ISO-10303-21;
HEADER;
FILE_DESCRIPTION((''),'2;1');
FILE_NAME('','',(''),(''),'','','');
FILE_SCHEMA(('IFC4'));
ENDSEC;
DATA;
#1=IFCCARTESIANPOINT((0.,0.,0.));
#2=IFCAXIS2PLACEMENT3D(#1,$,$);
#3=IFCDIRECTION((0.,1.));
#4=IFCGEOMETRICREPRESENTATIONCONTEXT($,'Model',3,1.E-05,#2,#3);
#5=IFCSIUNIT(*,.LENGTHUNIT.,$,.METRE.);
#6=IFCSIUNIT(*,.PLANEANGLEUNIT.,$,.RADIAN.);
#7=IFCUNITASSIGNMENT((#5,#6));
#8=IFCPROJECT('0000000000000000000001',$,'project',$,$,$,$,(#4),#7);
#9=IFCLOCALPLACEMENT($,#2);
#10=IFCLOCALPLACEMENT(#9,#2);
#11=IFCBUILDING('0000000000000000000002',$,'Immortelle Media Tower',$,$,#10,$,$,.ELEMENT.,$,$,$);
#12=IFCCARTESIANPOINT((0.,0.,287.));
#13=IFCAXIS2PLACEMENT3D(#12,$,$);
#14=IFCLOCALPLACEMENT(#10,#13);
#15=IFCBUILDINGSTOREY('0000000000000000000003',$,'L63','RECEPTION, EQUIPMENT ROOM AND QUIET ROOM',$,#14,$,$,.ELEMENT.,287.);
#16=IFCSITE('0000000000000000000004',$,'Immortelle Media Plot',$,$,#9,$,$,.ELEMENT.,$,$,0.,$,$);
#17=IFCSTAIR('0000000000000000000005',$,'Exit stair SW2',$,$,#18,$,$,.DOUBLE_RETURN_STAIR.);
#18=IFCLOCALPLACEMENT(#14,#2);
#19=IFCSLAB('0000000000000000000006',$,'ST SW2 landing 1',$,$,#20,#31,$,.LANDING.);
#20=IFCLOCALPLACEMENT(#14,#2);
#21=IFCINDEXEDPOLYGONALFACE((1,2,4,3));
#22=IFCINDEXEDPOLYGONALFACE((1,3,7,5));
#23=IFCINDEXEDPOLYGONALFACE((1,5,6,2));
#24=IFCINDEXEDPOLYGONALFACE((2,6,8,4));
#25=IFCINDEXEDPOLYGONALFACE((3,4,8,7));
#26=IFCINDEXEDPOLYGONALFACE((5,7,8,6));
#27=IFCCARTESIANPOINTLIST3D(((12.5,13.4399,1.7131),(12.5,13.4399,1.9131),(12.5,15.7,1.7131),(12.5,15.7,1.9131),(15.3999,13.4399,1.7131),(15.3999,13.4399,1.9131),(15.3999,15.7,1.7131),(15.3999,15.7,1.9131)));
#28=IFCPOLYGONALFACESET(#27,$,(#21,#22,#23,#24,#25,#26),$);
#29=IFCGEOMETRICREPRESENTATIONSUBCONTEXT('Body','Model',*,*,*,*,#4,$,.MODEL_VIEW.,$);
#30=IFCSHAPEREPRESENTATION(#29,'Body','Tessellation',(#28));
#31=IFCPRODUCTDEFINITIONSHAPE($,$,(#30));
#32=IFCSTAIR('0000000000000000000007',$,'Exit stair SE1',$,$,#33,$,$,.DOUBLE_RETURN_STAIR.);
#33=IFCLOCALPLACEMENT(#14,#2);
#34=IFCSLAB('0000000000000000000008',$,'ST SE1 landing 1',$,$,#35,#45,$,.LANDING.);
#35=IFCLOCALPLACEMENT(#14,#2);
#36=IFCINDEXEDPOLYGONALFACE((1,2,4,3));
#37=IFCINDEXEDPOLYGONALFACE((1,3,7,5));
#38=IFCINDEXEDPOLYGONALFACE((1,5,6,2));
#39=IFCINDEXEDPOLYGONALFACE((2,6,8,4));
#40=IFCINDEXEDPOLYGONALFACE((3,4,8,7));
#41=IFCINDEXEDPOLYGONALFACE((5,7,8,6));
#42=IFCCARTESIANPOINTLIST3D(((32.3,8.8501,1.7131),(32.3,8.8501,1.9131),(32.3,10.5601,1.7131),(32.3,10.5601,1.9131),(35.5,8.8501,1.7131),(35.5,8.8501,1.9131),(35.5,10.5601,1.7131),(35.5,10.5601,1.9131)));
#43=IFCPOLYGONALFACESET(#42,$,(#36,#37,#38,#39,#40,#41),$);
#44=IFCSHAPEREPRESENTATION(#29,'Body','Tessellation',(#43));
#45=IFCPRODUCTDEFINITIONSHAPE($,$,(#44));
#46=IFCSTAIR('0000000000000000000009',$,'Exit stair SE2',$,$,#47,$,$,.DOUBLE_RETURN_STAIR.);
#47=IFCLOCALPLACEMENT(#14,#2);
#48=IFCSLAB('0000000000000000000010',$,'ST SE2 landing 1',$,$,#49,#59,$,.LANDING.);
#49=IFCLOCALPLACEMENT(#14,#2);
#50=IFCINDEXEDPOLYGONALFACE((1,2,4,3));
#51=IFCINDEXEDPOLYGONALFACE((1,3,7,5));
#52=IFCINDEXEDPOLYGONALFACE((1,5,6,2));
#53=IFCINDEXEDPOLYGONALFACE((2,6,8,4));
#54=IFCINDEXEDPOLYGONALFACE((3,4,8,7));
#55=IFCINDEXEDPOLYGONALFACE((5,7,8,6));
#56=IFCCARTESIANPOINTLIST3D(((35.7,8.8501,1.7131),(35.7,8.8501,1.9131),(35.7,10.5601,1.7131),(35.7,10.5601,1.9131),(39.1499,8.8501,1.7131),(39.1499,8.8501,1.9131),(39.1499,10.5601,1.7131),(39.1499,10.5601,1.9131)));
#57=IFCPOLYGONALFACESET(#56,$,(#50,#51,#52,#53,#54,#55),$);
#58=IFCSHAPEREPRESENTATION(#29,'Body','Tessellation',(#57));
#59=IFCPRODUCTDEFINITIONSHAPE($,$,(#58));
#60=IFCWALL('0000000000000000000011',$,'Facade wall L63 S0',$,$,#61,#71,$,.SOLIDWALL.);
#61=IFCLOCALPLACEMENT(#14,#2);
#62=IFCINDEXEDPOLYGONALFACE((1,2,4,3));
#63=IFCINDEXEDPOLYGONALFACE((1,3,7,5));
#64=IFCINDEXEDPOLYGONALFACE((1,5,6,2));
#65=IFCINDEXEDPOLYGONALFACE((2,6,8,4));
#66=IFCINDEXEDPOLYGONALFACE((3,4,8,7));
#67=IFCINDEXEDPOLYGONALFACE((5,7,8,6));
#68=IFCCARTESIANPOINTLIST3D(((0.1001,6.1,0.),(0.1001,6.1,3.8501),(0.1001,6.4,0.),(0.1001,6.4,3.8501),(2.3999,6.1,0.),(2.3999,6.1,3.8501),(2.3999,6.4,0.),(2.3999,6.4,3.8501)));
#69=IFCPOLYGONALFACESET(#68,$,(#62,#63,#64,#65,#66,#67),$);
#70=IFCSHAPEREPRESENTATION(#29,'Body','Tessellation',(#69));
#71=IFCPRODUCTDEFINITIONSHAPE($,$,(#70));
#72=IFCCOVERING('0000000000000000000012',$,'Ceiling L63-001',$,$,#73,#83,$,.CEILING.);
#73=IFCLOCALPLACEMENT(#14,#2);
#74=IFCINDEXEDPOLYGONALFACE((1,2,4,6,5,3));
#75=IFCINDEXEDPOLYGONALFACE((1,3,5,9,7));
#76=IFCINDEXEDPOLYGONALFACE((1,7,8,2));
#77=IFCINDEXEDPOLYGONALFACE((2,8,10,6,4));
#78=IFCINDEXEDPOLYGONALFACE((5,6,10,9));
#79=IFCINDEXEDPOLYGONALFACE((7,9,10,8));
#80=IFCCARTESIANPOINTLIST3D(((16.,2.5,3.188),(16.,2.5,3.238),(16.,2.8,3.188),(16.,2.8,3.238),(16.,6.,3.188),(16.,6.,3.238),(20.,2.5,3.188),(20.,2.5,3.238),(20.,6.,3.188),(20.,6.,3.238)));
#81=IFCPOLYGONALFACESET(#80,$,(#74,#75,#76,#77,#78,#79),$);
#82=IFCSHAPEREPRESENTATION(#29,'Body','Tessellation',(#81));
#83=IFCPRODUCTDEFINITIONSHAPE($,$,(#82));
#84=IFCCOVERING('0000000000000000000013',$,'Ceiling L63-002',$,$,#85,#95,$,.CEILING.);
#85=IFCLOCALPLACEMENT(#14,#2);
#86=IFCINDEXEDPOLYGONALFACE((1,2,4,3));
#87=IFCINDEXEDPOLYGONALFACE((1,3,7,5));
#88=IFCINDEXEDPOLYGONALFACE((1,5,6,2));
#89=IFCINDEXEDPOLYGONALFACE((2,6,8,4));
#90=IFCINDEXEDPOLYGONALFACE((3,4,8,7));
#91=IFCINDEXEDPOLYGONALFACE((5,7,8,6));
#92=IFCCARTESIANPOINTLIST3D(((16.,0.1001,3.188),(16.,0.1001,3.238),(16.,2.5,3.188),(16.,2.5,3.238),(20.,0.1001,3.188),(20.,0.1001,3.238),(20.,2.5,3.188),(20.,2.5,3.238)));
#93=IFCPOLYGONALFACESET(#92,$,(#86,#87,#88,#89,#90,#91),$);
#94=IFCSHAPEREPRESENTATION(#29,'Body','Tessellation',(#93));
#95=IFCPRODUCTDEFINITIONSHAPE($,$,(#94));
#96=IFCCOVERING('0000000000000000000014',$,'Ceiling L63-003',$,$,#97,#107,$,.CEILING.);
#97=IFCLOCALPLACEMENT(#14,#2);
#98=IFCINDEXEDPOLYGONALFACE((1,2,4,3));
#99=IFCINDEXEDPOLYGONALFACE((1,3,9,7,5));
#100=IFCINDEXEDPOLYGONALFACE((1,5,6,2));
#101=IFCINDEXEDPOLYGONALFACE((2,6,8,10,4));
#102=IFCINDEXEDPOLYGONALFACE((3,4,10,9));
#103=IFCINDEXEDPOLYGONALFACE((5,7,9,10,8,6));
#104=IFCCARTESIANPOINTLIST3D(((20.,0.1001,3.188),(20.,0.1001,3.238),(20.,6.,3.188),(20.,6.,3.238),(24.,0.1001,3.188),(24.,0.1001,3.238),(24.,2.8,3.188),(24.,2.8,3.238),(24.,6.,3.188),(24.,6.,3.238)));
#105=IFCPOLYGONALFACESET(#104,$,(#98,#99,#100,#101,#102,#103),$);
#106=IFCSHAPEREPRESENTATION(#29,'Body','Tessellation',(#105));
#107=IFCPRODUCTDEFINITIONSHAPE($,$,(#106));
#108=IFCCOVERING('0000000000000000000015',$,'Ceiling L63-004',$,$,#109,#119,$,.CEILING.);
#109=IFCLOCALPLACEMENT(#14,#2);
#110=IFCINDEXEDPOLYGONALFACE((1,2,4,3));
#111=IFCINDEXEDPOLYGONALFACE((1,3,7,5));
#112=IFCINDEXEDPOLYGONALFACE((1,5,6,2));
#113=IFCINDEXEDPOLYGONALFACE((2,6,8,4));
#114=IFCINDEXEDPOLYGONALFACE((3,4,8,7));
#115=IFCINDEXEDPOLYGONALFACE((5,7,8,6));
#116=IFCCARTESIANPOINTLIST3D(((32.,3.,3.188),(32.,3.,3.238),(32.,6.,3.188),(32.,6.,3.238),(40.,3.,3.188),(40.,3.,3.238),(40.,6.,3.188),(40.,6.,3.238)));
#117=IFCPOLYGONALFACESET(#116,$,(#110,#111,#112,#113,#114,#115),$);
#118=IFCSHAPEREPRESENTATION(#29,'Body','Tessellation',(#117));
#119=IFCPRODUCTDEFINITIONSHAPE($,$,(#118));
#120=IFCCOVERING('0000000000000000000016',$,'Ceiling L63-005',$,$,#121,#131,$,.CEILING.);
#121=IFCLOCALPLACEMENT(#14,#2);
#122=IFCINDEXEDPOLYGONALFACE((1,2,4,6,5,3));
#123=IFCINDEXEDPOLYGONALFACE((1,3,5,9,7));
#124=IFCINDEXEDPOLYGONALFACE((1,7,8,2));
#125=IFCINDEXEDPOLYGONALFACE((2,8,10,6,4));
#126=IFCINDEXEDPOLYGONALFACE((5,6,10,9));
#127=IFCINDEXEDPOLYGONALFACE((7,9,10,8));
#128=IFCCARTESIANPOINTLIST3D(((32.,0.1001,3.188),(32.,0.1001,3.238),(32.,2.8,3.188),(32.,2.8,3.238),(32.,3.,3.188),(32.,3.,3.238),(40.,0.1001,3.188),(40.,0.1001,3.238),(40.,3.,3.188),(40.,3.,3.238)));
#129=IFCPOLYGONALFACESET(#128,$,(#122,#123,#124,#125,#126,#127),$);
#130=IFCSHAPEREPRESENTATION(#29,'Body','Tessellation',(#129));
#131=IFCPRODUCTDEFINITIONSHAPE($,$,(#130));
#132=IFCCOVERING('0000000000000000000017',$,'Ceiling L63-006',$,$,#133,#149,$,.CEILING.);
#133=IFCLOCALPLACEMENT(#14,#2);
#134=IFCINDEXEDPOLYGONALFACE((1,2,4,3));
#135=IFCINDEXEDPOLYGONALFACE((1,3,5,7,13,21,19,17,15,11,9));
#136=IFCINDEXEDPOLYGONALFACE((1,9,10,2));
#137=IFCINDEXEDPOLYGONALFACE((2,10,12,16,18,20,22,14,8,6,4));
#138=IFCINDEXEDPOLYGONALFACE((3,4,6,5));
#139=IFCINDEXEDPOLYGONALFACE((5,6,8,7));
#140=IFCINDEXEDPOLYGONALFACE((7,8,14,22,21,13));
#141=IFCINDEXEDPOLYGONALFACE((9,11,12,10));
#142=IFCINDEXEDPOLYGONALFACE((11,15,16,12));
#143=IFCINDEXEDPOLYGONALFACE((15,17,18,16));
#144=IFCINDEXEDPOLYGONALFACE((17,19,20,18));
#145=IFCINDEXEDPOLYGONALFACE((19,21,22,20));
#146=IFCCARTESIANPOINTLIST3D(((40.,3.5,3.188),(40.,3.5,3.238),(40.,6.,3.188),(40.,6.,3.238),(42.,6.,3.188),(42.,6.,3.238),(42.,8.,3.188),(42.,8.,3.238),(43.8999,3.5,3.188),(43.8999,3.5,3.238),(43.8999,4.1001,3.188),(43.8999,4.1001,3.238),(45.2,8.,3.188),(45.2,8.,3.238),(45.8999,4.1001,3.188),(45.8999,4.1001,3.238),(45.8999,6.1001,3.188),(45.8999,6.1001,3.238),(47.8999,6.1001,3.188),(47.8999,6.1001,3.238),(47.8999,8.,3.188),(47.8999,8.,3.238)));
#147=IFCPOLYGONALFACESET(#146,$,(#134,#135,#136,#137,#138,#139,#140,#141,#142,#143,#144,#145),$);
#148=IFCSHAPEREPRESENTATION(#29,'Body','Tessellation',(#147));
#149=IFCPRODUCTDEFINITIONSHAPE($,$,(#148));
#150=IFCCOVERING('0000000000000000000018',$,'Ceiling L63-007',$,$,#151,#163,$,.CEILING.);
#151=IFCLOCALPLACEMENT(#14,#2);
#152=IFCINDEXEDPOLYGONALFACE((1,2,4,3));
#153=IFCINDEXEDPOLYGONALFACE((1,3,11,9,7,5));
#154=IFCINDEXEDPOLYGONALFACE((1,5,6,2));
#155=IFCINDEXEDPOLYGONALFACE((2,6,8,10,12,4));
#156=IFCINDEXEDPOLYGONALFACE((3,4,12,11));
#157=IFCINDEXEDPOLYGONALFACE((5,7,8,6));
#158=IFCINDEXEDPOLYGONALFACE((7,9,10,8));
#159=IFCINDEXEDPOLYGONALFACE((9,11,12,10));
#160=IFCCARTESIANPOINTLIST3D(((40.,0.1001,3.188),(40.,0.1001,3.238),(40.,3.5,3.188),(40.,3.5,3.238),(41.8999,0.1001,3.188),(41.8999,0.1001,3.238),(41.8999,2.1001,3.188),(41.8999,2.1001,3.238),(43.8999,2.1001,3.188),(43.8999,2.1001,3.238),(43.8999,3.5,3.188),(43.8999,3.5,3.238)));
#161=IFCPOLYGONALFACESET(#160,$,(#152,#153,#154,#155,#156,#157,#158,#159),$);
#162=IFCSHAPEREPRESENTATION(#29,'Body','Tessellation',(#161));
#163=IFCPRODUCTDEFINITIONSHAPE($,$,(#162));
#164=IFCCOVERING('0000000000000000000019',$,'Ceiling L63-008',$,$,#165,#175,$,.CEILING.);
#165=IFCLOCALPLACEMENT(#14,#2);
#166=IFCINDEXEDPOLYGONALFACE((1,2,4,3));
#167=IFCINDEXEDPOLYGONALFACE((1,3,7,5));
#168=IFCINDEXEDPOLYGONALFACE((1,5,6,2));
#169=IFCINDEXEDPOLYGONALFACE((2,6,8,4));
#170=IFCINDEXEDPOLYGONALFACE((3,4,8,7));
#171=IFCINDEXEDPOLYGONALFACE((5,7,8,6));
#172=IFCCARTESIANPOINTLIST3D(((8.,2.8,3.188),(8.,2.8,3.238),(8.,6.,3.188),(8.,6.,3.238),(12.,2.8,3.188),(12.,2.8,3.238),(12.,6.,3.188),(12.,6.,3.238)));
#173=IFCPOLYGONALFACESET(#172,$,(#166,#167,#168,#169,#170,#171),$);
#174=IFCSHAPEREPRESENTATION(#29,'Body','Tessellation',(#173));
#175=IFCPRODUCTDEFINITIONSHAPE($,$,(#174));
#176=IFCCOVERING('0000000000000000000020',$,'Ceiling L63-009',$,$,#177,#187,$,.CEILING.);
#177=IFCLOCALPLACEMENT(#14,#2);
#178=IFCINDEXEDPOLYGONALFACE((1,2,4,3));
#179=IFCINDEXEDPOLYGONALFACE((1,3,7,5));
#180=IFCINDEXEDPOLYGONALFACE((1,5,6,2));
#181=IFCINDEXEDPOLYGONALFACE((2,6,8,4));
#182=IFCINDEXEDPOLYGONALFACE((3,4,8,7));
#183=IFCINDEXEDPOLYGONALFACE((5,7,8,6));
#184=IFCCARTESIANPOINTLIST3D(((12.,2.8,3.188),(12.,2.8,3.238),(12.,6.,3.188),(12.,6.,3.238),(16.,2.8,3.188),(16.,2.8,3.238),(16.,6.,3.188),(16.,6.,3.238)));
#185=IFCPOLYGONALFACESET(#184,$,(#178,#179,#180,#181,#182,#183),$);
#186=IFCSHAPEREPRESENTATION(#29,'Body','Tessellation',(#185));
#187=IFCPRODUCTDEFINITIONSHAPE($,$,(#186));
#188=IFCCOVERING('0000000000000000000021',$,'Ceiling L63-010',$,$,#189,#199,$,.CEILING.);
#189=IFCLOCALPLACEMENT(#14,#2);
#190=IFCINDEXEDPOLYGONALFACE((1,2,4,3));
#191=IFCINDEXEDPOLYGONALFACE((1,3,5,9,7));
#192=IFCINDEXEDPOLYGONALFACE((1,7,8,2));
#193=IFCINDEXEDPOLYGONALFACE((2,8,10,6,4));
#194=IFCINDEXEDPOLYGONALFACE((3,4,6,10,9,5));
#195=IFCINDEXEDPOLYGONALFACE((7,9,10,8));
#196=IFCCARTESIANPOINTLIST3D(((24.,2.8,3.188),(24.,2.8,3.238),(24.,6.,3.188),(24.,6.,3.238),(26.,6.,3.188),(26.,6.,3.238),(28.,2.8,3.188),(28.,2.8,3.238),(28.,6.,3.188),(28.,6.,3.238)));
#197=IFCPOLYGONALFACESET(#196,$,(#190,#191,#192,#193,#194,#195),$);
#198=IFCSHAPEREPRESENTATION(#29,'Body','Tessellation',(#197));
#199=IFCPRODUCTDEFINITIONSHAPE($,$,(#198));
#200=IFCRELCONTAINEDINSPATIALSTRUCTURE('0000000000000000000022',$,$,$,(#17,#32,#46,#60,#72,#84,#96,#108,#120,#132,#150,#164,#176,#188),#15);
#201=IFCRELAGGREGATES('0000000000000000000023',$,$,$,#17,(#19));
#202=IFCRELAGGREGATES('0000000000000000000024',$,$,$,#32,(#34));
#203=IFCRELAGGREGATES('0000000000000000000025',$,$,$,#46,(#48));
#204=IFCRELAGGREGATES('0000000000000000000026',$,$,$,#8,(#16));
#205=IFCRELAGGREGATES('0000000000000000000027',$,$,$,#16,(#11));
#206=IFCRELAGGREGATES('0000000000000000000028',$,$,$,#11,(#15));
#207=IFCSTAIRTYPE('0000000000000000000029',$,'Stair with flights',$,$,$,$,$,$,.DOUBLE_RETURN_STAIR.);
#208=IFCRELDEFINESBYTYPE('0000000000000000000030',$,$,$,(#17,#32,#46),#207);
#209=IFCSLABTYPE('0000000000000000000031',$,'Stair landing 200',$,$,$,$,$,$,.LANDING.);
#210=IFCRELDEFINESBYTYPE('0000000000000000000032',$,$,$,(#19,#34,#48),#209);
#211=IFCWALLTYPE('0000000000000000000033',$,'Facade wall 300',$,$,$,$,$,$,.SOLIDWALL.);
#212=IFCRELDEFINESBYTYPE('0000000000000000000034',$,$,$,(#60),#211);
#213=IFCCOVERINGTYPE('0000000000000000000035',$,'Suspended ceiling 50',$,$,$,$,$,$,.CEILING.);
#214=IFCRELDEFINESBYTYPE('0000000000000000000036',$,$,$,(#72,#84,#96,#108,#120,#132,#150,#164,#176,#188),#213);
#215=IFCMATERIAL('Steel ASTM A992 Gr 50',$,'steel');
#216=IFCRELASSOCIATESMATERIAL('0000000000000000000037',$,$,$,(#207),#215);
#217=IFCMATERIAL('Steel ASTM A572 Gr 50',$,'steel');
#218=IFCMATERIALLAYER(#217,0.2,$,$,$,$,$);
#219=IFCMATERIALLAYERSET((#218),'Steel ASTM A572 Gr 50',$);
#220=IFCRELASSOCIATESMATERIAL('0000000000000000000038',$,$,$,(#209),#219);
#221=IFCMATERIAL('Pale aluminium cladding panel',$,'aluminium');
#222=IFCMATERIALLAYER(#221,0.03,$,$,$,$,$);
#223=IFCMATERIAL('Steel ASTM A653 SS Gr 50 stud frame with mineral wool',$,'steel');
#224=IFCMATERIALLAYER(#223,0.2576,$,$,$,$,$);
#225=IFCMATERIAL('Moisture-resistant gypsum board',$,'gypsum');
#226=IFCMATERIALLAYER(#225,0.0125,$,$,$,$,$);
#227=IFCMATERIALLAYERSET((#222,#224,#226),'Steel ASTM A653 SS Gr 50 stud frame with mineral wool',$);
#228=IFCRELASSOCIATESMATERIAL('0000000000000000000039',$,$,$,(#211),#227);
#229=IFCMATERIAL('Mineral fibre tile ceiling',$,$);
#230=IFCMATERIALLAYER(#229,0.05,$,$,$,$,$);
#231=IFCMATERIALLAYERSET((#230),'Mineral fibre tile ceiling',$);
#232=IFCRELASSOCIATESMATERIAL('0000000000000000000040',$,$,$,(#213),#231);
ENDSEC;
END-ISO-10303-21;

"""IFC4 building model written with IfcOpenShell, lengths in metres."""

from ifc_helpers import new_model, si_unit, direction, frame, frame_2d, origin, place, context, subcontext, project, spatial, polyline, rectangle, outline, extrude, material, layer, layer_set, type_object, element, aggregate, save


model = new_model("IFC4")

# Units and contexts
model_context = context("Model", 3, precision=1e-05, world=origin(), true_north=direction((0.0, 1.0)))
body_context = subcontext(model_context, "Body", "Model", "MODEL_VIEW")
ifc_project = project(units=[si_unit("LENGTHUNIT", "METRE"), si_unit("PLANEANGLEUNIT", "RADIAN")], contexts=[model_context])

# Site, building, storey
site_placement = place(None, origin())
site = spatial("IfcSite", under=ifc_project, at=site_placement, Name="Immortelle Media Plot", CompositionType="ELEMENT", RefElevation=0.0)
building_placement = place(site_placement, origin())
building = spatial("IfcBuilding", under=site, at=building_placement, Name="Immortelle Media Tower", CompositionType="ELEMENT")
storey_placement = place(building_placement, frame((0.0, 0.0, 287.0)))
storey = spatial("IfcBuildingStorey", under=building, at=storey_placement, Name="L63", Description="RECEPTION, EQUIPMENT ROOM AND QUIET ROOM", CompositionType="ELEMENT", Elevation=287.0)

# Shared definitions
ifc_material_1 = material(Name="Steel ASTM A992 Gr 50", Category="steel")

# Stairs, slabs
stair_type = type_object("IfcStairType", Name="Stair with flights", PredefinedType="DOUBLE_RETURN_STAIR", material=ifc_material_1)
ifc_material_2 = material(Name="Steel ASTM A572 Gr 50", Category="steel")
ifc_layer_1 = layer(ifc_material_2, 0.2)
ifc_layer_set_1 = layer_set([ifc_layer_1], Name="Steel ASTM A572 Gr 50")
slab_type_1 = type_object("IfcSlabType", Name="Stair landing 200", PredefinedType="LANDING", material=ifc_layer_set_1)
stair_1_placement = place(storey_placement, origin())
stair_1 = element("IfcStair", 1, at=stair_1_placement, inside=storey, type_object=stair_type, Name="Exit stair SW2", PredefinedType="DOUBLE_RETURN_STAIR")
slab_1_placement = place(storey_placement, frame((0.0, 0.0, 1.7131)))
slab_1 = element("IfcSlab", 2, at=slab_1_placement, type_object=slab_type_1, Name="ST SW2 landing 1", PredefinedType="LANDING", context=body_context, shape_type="SweptSolid", body=[
    extrude(outline(polyline([(12.5, 13.4399), (15.3999, 13.4399), (15.3999, 15.7), (12.5, 15.7), (12.5, 13.4399)])), origin(), (0.0, 0.0, 1.0), 0.2),
])
aggregate(stair_1, [slab_1])
stair_2_placement = place(storey_placement, origin())
stair_2 = element("IfcStair", 3, at=stair_2_placement, inside=storey, type_object=stair_type, Name="Exit stair SE1", PredefinedType="DOUBLE_RETURN_STAIR")
slab_2_placement = place(storey_placement, frame((0.0, 0.0, 1.7131)))
slab_2 = element("IfcSlab", 4, at=slab_2_placement, type_object=slab_type_1, Name="ST SE1 landing 1", PredefinedType="LANDING", context=body_context, shape_type="SweptSolid", body=[
    extrude(outline(polyline([(32.3, 8.8501), (35.5, 8.8501), (35.5, 10.5601), (32.3, 10.5601), (32.3, 8.8501)])), origin(), (0.0, 0.0, 1.0), 0.2),
])
aggregate(stair_2, [slab_2])
stair_3_placement = place(storey_placement, origin())
stair_3 = element("IfcStair", 5, at=stair_3_placement, inside=storey, type_object=stair_type, Name="Exit stair SE2", PredefinedType="DOUBLE_RETURN_STAIR")
slab_3_placement = place(storey_placement, frame((0.0, 0.0, 1.7131)))
slab_3 = element("IfcSlab", 6, at=slab_3_placement, type_object=slab_type_1, Name="ST SE2 landing 1", PredefinedType="LANDING", context=body_context, shape_type="SweptSolid", body=[
    extrude(outline(polyline([(35.7, 8.8501), (39.1499, 8.8501), (39.1499, 10.5601), (35.7, 10.5601), (35.7, 8.8501)])), origin(), (0.0, 0.0, 1.0), 0.2),
])
aggregate(stair_3, [slab_3])

# Wall
ifc_material_3 = material(Name="Pale aluminium cladding panel", Category="aluminium")
ifc_layer_2 = layer(ifc_material_3, 0.03)
ifc_material_4 = material(Name="Steel ASTM A653 SS Gr 50 stud frame with mineral wool", Category="steel")
ifc_layer_3 = layer(ifc_material_4, 0.2576)
ifc_material_5 = material(Name="Moisture-resistant gypsum board", Category="gypsum")
ifc_layer_4 = layer(ifc_material_5, 0.0125)
ifc_layer_set_2 = layer_set([ifc_layer_2, ifc_layer_3, ifc_layer_4], Name="Steel ASTM A653 SS Gr 50 stud frame with mineral wool")
wall_type = type_object("IfcWallType", Name="Facade wall 300", PredefinedType="SOLIDWALL", material=ifc_layer_set_2)
wall_placement = place(storey_placement, frame((0.1001, 6.25, 0.0), z_axis=(0.0, 0.0, 1.0), x_axis=(1.0, 0.0, 0.0)))
element("IfcWall", 7, at=wall_placement, inside=storey, type_object=wall_type, Name="Facade wall L63 S0", PredefinedType="SOLIDWALL", context=body_context, shape_type="SweptSolid", body=[
    extrude(rectangle(XDim=2.2998, YDim=0.3, at=frame_2d((1.1499, 0.0))), origin(), (0.0, 0.0, 1.0), 3.8501),
])

# Coverings
ifc_material_6 = material(Name="Mineral fibre tile ceiling")
ifc_layer_5 = layer(ifc_material_6, 0.05)
ifc_layer_set_3 = layer_set([ifc_layer_5], Name="Mineral fibre tile ceiling")
covering_type = type_object("IfcCoveringType", Name="Suspended ceiling 50", PredefinedType="CEILING", material=ifc_layer_set_3)
covering_1_placement = place(storey_placement, frame((0.0, 0.0, 3.188)))
element("IfcCovering", 8, at=covering_1_placement, inside=storey, type_object=covering_type, Name="Ceiling L63-001", PredefinedType="CEILING", context=body_context, shape_type="SweptSolid", body=[
    extrude(outline(polyline([(16.0, 6.0), (20.0, 6.0), (20.0, 2.5), (16.0, 2.5), (16.0, 2.8), (16.0, 6.0)])), origin(), (0.0, 0.0, 1.0), 0.05),
])
covering_2_placement = place(storey_placement, frame((0.0, 0.0, 3.188)))
element("IfcCovering", 9, at=covering_2_placement, inside=storey, type_object=covering_type, Name="Ceiling L63-002", PredefinedType="CEILING", context=body_context, shape_type="SweptSolid", body=[
    extrude(outline(polyline([(20.0, 0.1001), (16.0, 0.1001), (16.0, 2.5), (20.0, 2.5), (20.0, 0.1001)])), origin(), (0.0, 0.0, 1.0), 0.05),
])
covering_3_placement = place(storey_placement, frame((0.0, 0.0, 3.188)))
element("IfcCovering", 10, at=covering_3_placement, inside=storey, type_object=covering_type, Name="Ceiling L63-003", PredefinedType="CEILING", context=body_context, shape_type="SweptSolid", body=[
    extrude(outline(polyline([(24.0, 6.0), (24.0, 2.8), (24.0, 0.1001), (20.0, 0.1001), (20.0, 6.0), (24.0, 6.0)])), origin(), (0.0, 0.0, 1.0), 0.05),
])
covering_4_placement = place(storey_placement, frame((0.0, 0.0, 3.188)))
element("IfcCovering", 11, at=covering_4_placement, inside=storey, type_object=covering_type, Name="Ceiling L63-004", PredefinedType="CEILING", context=body_context, shape_type="SweptSolid", body=[
    extrude(outline(polyline([(40.0, 6.0), (40.0, 3.0), (32.0, 3.0), (32.0, 6.0), (40.0, 6.0)])), origin(), (0.0, 0.0, 1.0), 0.05),
])
covering_5_placement = place(storey_placement, frame((0.0, 0.0, 3.188)))
element("IfcCovering", 12, at=covering_5_placement, inside=storey, type_object=covering_type, Name="Ceiling L63-005", PredefinedType="CEILING", context=body_context, shape_type="SweptSolid", body=[
    extrude(outline(polyline([(40.0, 0.1001), (32.0, 0.1001), (32.0, 2.8), (32.0, 3.0), (40.0, 3.0), (40.0, 0.1001)])), origin(), (0.0, 0.0, 1.0), 0.05),
])
covering_6_placement = place(storey_placement, frame((0.0, 0.0, 3.188)))
element("IfcCovering", 13, at=covering_6_placement, inside=storey, type_object=covering_type, Name="Ceiling L63-006", PredefinedType="CEILING", context=body_context, shape_type="SweptSolid", body=[
    extrude(outline(polyline([(42.0, 8.0), (45.2, 8.0), (47.8999, 8.0), (47.8999, 6.1001), (45.8999, 6.1001), (45.8999, 4.1001), (43.8999, 4.1001), (43.8999, 3.5), (40.0, 3.5), (40.0, 6.0), (42.0, 6.0), (42.0, 8.0)])), origin(), (0.0, 0.0, 1.0), 0.05),
])
covering_7_placement = place(storey_placement, frame((0.0, 0.0, 3.188)))
element("IfcCovering", 14, at=covering_7_placement, inside=storey, type_object=covering_type, Name="Ceiling L63-007", PredefinedType="CEILING", context=body_context, shape_type="SweptSolid", body=[
    extrude(outline(polyline([(43.8999, 2.1001), (41.8999, 2.1001), (41.8999, 0.1001), (40.0, 0.1001), (40.0, 3.5), (43.8999, 3.5), (43.8999, 2.1001)])), origin(), (0.0, 0.0, 1.0), 0.05),
])
covering_8_placement = place(storey_placement, frame((0.0, 0.0, 3.188)))
element("IfcCovering", 15, at=covering_8_placement, inside=storey, type_object=covering_type, Name="Ceiling L63-008", PredefinedType="CEILING", context=body_context, shape_type="SweptSolid", body=[
    extrude(outline(polyline([(8.0, 6.0), (12.0, 6.0), (12.0, 2.8), (8.0, 2.8), (8.0, 6.0)])), origin(), (0.0, 0.0, 1.0), 0.05),
])
covering_9_placement = place(storey_placement, frame((0.0, 0.0, 3.188)))
element("IfcCovering", 16, at=covering_9_placement, inside=storey, type_object=covering_type, Name="Ceiling L63-009", PredefinedType="CEILING", context=body_context, shape_type="SweptSolid", body=[
    extrude(outline(polyline([(16.0, 6.0), (16.0, 2.8), (12.0, 2.8), (12.0, 6.0), (16.0, 6.0)])), origin(), (0.0, 0.0, 1.0), 0.05),
])
covering_10_placement = place(storey_placement, frame((0.0, 0.0, 3.188)))
element("IfcCovering", 17, at=covering_10_placement, inside=storey, type_object=covering_type, Name="Ceiling L63-010", PredefinedType="CEILING", context=body_context, shape_type="SweptSolid", body=[
    extrude(outline(polyline([(24.0, 6.0), (26.0, 6.0), (28.0, 6.0), (28.0, 2.8), (24.0, 2.8), (24.0, 6.0)])), origin(), (0.0, 0.0, 1.0), 0.05),
])

save(model, "model.ifc")
